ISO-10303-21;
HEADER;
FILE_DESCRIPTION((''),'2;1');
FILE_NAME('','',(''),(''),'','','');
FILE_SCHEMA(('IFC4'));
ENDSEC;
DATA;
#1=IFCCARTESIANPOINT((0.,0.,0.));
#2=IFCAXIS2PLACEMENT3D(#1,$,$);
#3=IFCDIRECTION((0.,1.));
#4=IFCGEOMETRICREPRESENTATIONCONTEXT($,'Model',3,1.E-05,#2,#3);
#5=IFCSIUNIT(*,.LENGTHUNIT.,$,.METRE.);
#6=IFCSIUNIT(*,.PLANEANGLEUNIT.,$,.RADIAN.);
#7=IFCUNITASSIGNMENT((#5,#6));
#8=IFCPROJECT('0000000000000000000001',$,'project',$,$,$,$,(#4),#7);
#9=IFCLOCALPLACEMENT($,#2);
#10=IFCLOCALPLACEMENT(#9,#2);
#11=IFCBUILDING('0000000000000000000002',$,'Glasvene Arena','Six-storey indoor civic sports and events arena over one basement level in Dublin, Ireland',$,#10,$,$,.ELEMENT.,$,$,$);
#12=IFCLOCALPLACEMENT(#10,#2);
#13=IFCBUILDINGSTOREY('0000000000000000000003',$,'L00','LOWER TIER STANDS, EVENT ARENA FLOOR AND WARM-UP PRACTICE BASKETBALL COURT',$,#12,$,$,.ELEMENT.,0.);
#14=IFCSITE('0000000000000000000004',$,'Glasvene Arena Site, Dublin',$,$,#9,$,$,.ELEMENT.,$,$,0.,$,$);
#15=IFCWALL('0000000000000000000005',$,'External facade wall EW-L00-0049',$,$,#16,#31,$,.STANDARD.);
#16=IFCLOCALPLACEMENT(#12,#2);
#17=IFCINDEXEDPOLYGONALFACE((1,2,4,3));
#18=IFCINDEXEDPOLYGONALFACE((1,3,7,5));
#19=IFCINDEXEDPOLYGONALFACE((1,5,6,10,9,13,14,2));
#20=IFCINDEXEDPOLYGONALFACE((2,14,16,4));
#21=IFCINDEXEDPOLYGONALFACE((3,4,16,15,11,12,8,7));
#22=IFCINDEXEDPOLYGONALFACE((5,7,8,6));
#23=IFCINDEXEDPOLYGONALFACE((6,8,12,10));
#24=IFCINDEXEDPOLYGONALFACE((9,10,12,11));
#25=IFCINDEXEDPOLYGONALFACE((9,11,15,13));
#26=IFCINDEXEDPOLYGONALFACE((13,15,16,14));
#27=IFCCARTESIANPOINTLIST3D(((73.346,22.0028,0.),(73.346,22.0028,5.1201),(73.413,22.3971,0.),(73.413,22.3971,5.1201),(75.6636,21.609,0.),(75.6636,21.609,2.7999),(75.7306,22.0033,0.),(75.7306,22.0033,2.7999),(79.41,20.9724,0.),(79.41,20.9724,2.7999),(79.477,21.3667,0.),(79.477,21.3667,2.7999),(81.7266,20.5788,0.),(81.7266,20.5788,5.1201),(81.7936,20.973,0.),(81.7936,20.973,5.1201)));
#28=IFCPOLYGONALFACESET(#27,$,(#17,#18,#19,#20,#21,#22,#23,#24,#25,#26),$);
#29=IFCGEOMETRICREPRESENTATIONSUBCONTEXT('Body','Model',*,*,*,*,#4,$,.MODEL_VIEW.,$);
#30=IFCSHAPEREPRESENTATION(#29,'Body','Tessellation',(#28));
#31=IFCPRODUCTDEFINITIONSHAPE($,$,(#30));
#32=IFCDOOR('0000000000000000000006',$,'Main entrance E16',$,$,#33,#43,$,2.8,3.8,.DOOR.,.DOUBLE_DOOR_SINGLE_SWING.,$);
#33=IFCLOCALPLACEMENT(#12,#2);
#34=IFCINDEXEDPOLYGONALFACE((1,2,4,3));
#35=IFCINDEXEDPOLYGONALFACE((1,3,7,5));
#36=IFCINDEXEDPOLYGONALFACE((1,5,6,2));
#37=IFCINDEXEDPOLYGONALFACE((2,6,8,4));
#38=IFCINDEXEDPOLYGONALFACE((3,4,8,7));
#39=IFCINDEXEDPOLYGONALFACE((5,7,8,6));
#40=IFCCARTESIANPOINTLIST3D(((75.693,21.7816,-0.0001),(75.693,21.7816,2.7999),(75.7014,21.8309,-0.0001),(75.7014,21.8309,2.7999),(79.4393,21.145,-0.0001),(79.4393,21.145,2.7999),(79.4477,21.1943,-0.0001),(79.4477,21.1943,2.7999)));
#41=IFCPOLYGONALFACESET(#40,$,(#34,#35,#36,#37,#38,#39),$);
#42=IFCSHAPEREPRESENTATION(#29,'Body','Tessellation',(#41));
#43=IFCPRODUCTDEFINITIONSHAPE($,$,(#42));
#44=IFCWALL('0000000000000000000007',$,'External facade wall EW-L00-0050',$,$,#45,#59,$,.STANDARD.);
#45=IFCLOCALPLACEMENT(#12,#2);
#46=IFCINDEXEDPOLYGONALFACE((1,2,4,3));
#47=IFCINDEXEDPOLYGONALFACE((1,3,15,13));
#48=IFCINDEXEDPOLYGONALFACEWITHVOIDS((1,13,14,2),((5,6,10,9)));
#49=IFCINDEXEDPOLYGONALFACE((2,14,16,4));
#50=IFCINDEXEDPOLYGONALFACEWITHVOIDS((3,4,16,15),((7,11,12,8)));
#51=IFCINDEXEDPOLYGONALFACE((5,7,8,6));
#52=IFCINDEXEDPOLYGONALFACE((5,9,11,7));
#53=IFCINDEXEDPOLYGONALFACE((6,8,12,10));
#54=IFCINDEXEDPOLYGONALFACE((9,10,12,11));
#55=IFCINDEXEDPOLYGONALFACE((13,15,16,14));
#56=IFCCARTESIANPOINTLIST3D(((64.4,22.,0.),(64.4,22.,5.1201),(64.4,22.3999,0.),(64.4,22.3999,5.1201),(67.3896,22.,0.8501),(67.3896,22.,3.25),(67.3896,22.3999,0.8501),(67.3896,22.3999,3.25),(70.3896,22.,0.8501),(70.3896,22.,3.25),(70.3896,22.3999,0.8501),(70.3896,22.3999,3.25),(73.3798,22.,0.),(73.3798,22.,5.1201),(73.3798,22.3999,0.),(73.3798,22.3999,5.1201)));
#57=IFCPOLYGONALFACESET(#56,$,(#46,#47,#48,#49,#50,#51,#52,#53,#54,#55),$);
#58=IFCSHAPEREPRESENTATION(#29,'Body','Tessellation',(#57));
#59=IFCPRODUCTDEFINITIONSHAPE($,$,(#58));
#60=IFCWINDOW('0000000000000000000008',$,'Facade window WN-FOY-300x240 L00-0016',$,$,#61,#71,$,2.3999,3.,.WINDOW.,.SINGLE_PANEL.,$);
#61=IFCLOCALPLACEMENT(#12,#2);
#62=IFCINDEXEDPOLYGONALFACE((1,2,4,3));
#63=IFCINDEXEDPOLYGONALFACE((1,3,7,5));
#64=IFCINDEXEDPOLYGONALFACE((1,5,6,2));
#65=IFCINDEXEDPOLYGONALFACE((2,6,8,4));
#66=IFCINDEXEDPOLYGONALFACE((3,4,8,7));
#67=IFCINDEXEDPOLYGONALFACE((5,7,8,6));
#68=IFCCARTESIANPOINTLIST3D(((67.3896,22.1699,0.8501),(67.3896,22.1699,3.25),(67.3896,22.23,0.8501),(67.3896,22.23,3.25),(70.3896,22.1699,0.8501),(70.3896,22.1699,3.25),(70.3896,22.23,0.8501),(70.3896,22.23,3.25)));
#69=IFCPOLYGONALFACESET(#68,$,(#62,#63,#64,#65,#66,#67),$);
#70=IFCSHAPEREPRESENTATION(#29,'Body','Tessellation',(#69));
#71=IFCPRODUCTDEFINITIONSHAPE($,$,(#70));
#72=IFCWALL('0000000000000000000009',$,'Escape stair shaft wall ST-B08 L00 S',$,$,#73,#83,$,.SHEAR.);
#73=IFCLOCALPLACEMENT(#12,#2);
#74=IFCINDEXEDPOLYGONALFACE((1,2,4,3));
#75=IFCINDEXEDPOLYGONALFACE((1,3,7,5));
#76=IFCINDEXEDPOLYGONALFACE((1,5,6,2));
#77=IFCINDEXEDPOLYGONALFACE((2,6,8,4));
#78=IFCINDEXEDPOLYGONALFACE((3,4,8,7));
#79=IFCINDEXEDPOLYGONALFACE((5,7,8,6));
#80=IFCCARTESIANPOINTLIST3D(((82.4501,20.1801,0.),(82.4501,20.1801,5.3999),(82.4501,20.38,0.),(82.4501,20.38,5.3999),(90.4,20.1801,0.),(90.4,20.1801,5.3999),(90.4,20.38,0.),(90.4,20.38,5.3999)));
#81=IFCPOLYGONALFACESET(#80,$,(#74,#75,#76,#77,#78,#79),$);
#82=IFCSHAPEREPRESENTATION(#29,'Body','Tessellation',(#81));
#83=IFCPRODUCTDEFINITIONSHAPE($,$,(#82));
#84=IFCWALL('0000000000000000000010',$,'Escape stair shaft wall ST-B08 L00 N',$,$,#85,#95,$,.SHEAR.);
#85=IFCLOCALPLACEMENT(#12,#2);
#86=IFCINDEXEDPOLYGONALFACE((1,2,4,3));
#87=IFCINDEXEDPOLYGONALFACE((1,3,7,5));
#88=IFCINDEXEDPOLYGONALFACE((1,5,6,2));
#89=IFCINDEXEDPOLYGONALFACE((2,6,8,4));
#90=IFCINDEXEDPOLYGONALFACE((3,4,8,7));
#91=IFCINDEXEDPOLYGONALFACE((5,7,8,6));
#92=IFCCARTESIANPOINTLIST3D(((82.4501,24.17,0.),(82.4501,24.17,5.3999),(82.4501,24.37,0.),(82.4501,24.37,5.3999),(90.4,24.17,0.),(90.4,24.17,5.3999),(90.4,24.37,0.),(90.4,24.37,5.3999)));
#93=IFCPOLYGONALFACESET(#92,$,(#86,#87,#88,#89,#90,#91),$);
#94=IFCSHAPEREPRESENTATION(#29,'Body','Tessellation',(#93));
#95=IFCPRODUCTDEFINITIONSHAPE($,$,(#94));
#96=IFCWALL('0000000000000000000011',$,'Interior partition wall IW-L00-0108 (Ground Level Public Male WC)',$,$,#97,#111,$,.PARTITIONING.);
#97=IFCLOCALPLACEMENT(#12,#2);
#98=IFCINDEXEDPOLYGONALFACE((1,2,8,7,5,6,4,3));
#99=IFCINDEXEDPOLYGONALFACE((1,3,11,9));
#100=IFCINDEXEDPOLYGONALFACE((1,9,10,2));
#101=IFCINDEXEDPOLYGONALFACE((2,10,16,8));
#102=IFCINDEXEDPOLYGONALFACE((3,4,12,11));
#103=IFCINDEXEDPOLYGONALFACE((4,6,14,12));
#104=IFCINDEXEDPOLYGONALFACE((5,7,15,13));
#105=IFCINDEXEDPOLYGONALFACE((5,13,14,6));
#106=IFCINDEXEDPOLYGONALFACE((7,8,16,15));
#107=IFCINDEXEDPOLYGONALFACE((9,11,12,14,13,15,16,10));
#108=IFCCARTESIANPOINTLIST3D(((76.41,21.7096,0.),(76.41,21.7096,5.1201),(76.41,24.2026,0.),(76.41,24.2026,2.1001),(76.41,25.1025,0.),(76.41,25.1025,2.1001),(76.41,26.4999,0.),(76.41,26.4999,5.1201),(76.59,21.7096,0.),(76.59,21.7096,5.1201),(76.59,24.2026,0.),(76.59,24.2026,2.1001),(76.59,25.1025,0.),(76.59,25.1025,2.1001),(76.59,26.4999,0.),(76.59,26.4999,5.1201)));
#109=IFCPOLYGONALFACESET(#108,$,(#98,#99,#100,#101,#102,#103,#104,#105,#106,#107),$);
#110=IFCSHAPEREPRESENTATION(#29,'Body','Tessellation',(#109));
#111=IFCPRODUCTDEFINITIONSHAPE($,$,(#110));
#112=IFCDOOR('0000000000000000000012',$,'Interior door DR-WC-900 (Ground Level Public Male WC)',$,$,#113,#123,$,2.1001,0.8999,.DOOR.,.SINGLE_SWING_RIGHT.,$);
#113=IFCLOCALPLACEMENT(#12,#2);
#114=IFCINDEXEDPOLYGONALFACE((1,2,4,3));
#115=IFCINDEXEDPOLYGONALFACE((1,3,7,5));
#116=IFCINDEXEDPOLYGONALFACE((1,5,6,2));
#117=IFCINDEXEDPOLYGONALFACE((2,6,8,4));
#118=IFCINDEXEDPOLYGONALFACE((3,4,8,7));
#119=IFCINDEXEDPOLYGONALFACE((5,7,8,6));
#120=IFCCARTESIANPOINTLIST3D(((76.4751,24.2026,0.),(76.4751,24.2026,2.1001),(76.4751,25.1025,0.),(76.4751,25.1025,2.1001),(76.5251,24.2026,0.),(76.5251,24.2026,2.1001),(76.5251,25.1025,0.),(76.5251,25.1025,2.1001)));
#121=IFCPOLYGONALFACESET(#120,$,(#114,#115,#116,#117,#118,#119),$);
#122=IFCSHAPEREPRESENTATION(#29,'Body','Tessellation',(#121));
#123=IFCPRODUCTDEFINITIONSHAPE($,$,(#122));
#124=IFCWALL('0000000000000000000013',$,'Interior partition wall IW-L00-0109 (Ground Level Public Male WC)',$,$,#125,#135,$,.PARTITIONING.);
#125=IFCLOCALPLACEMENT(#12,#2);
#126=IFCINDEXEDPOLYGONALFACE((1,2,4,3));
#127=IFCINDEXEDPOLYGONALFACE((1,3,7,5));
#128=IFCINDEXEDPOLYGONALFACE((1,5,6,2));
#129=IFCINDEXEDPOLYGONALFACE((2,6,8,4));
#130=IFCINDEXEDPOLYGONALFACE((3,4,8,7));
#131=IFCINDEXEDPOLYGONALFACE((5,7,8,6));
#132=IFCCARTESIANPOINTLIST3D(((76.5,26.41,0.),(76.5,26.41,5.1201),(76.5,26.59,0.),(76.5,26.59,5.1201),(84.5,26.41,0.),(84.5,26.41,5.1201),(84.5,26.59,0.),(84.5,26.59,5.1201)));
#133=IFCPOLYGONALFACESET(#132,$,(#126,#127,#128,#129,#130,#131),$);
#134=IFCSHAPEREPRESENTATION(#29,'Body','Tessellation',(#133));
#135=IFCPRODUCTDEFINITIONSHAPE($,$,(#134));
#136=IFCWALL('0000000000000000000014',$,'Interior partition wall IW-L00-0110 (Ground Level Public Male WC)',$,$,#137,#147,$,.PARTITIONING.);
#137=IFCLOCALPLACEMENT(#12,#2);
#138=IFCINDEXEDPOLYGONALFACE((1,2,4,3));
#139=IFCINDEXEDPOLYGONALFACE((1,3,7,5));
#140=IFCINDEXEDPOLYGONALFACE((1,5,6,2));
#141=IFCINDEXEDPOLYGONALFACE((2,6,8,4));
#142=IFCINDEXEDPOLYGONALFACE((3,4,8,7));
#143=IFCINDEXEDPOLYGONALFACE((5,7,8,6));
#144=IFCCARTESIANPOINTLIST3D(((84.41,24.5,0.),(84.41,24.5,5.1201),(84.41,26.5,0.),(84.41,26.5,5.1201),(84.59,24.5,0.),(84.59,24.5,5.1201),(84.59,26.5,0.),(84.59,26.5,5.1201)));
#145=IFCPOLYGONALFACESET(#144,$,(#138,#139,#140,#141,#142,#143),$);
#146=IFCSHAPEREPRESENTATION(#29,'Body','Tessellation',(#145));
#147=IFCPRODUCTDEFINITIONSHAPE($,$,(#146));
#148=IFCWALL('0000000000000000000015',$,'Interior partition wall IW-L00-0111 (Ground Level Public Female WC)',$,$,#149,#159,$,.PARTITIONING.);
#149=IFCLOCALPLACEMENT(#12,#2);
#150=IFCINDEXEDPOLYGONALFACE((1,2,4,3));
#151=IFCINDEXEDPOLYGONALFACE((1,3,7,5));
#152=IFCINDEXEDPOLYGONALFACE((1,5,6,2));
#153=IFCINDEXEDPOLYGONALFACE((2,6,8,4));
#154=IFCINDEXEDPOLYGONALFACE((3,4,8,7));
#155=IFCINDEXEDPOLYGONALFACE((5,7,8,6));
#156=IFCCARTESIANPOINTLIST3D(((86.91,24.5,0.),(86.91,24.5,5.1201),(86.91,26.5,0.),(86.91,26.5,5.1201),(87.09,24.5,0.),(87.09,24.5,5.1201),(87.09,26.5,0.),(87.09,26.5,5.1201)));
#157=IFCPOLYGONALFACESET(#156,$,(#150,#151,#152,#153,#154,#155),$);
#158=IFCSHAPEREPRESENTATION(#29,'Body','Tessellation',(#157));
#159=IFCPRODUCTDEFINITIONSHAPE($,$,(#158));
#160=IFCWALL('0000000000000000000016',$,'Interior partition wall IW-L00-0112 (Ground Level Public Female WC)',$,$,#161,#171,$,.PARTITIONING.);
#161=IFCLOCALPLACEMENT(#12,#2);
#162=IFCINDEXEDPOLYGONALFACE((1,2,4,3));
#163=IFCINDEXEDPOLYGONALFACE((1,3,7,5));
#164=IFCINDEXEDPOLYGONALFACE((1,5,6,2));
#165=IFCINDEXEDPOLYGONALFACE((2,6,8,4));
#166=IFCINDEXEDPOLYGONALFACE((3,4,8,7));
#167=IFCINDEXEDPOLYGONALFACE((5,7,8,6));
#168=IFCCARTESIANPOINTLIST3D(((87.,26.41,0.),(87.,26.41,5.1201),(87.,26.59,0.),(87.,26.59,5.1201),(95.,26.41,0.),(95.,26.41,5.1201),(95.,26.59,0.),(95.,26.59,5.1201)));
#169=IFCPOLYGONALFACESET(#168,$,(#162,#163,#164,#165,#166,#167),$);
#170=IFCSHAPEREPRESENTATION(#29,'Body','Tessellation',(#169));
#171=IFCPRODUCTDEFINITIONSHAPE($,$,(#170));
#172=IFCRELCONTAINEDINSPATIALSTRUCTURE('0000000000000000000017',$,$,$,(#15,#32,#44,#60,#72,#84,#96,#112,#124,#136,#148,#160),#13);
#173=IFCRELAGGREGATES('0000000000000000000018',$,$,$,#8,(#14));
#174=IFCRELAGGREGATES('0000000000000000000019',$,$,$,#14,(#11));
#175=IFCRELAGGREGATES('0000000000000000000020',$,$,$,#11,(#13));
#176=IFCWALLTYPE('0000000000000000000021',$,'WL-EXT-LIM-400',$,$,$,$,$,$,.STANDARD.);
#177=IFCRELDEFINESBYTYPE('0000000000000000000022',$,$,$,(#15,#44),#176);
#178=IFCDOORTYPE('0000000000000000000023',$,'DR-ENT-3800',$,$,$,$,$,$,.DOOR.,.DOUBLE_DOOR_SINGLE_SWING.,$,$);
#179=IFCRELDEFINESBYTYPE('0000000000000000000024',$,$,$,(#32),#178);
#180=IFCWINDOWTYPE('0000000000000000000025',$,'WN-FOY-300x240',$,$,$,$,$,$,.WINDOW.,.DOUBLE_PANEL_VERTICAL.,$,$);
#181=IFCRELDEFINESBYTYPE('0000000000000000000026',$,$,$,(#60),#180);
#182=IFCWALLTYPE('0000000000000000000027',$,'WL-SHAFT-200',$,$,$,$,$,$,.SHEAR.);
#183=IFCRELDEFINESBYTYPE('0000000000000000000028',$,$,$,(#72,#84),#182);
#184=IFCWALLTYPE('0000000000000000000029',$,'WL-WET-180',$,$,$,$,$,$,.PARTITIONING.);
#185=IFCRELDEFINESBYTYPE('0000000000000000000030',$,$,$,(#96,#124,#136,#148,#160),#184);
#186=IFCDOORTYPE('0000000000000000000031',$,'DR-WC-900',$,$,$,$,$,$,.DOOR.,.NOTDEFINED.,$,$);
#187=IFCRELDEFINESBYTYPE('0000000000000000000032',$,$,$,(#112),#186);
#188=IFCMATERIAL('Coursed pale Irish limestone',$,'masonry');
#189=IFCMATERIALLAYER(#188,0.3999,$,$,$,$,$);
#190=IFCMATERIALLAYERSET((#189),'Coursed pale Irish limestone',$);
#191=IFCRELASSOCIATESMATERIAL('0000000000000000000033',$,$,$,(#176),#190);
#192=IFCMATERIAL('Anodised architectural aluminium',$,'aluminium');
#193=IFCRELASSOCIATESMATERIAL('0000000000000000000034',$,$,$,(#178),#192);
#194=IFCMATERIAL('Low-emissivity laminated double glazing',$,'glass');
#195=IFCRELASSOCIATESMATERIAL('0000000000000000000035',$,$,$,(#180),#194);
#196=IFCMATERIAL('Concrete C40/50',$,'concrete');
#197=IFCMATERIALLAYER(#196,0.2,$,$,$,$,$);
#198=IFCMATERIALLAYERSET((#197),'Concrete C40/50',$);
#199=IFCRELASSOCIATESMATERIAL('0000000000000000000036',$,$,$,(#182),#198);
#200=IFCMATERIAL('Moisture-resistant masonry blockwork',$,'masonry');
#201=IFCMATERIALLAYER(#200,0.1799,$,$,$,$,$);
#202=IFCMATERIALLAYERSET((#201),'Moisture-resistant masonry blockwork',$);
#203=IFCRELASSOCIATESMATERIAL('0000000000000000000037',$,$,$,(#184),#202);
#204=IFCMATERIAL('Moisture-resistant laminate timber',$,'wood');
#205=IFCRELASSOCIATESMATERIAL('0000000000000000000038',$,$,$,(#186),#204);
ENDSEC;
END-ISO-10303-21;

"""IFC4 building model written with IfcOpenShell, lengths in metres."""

from ifc_helpers import new_model, si_unit, direction, frame, frame_2d, origin, place, context, subcontext, project, spatial, rectangle, extrude, material, layer, layer_set, type_object, element, fill, save


model = new_model("IFC4")

# Units and contexts
model_context = context("Model", 3, precision=1e-05, world=origin(), true_north=direction((0.0, 1.0)))
body_context = subcontext(model_context, "Body", "Model", "MODEL_VIEW")
ifc_project = project(units=[si_unit("LENGTHUNIT", "METRE"), si_unit("PLANEANGLEUNIT", "RADIAN")], contexts=[model_context])

# Site, building, storey
site_placement = place(None, origin())
site = spatial("IfcSite", under=ifc_project, at=site_placement, Name="Glasvene Arena Site, Dublin", CompositionType="ELEMENT", RefElevation=0.0)
building_placement = place(site_placement, origin())
building = spatial("IfcBuilding", under=site, at=building_placement, Name="Glasvene Arena", Description="Six-storey indoor civic sports and events arena over one basement level in Dublin, Ireland", CompositionType="ELEMENT")
storey_placement = place(building_placement, origin())
storey = spatial("IfcBuildingStorey", under=building, at=storey_placement, Name="L00", Description="LOWER TIER STANDS, EVENT ARENA FLOOR AND WARM-UP PRACTICE BASKETBALL COURT", CompositionType="ELEMENT", Elevation=0.0)

# Shared definitions
ifc_material_1 = material(Name="Concrete C40/50", Category="concrete")

# Wall, opening, door
ifc_material_2 = material(Name="Coursed pale Irish limestone", Category="masonry")
ifc_layer_1 = layer(ifc_material_2, 0.3999)
ifc_layer_set_1 = layer_set([ifc_layer_1], Name="Coursed pale Irish limestone")
wall_type_1 = type_object("IfcWallType", Name="WL-EXT-LIM-400", PredefinedType="STANDARD", material=ifc_layer_set_1)
wall_1_placement = place(storey_placement, frame((81.7603, 20.7759, 0.0), z_axis=(0.0, 0.0, 1.0), x_axis=(-0.985868, 0.167523, 0.0)))
wall_1 = element("IfcWall", 1, at=wall_1_placement, inside=storey, type_object=wall_type_1, Name="External facade wall EW-L00-0049", PredefinedType="STANDARD", context=body_context, shape_type="SweptSolid", body=[
    extrude(rectangle(XDim=8.5007, YDim=0.3999, at=frame_2d((4.2505, 0.0))), origin(), (0.0, 0.0, 1.0), 5.1201),
])
opening_1_placement = place(wall_1_placement, frame((2.3501, 0.0, 0.0)))
opening_1 = element("IfcOpeningElement", 2, at=opening_1_placement, cuts=wall_1, PredefinedType="OPENING", context=body_context, shape_type="SweptSolid", body=[
    extrude(rectangle(XDim=3.8, YDim=2.8, at=frame_2d((1.8999, 1.3999))), frame((0.0, 0.21, 0.0), z_axis=(0.0, -1.0, 0.0), x_axis=(1.0, 0.0, 0.0)), (0.0, 0.0, 1.0), 0.4199),
])
ifc_material_3 = material(Name="Anodised architectural aluminium", Category="aluminium")
door_type_1 = type_object("IfcDoorType", Name="DR-ENT-3800", OperationType="DOUBLE_DOOR_SINGLE_SWING", PredefinedType="DOOR", material=ifc_material_3)
door_1_placement = place(opening_1_placement, origin())
door_1 = element("IfcDoor", 3, at=door_1_placement, inside=storey, type_object=door_type_1, Name="Main entrance E16", OperationType="DOUBLE_DOOR_SINGLE_SWING", OverallHeight=2.8, OverallWidth=3.8, PredefinedType="DOOR", context=body_context, shape_type="SweptSolid", body=[
    extrude(rectangle(XDim=3.8, YDim=2.8, at=frame_2d((1.8999, 1.3999))), frame((0.0, 0.0249, 0.0), z_axis=(0.0, -1.0, 0.0), x_axis=(1.0, 0.0, 0.0)), (0.0, 0.0, 1.0), 0.05),
])
fill(opening_1, door_1)

# Wall, opening, window
wall_2_placement = place(storey_placement, frame((73.3796, 22.2, 0.0), z_axis=(0.0, 0.0, 1.0), x_axis=(-1.0, 0.0, 0.0)))
wall_2 = element("IfcWall", 4, at=wall_2_placement, inside=storey, type_object=wall_type_1, Name="External facade wall EW-L00-0050", PredefinedType="STANDARD", context=body_context, shape_type="SweptSolid", body=[
    extrude(rectangle(XDim=8.9797, YDim=0.3999, at=frame_2d((4.4897, 0.0))), origin(), (0.0, 0.0, 1.0), 5.1201),
])
opening_2_placement = place(wall_2_placement, frame((2.99, 0.0, 0.8501)))
opening_2 = element("IfcOpeningElement", 5, at=opening_2_placement, cuts=wall_2, PredefinedType="OPENING", context=body_context, shape_type="SweptSolid", body=[
    extrude(rectangle(XDim=3.0, YDim=2.3999, at=frame_2d((1.5, 1.2))), frame((0.0, 0.21, 0.0), z_axis=(0.0, -1.0, 0.0), x_axis=(1.0, 0.0, 0.0)), (0.0, 0.0, 1.0), 0.4199),
])
ifc_material_4 = material(Name="Low-emissivity laminated double glazing", Category="glass")
window_type = type_object("IfcWindowType", Name="WN-FOY-300x240", PartitioningType="DOUBLE_PANEL_VERTICAL", PredefinedType="WINDOW", material=ifc_material_4)
window_placement = place(opening_2_placement, origin())
window = element("IfcWindow", 6, at=window_placement, inside=storey, type_object=window_type, Name="Facade window WN-FOY-300x240 L00-0016", OverallHeight=2.3999, OverallWidth=3.0, PartitioningType="SINGLE_PANEL", PredefinedType="WINDOW", context=body_context, shape_type="SweptSolid", body=[
    extrude(rectangle(XDim=3.0, YDim=2.3999, at=frame_2d((1.5, 1.2))), frame((0.0, 0.03, 0.0), z_axis=(0.0, -1.0, 0.0), x_axis=(1.0, 0.0, 0.0)), (0.0, 0.0, 1.0), 0.0601),
])
fill(opening_2, window)

# Wall
ifc_layer_2 = layer(ifc_material_1, 0.2)
ifc_layer_set_2 = layer_set([ifc_layer_2], Name="Concrete C40/50")
wall_type_2 = type_object("IfcWallType", Name="WL-SHAFT-200", PredefinedType="SHEAR", material=ifc_layer_set_2)
wall_3_placement = place(storey_placement, frame((82.45, 20.28, 0.0), z_axis=(0.0, 0.0, 1.0), x_axis=(1.0, 0.0, 0.0)))
element("IfcWall", 7, at=wall_3_placement, inside=storey, type_object=wall_type_2, Name="Escape stair shaft wall ST-B08 L00 S", PredefinedType="SHEAR", context=body_context, shape_type="SweptSolid", body=[
    extrude(rectangle(XDim=7.95, YDim=0.2, at=frame_2d((3.9751, 0.0))), origin(), (0.0, 0.0, 1.0), 5.3999),
])

# Wall
wall_4_placement = place(storey_placement, frame((82.45, 24.27, 0.0), z_axis=(0.0, 0.0, 1.0), x_axis=(1.0, 0.0, 0.0)))
element("IfcWall", 8, at=wall_4_placement, inside=storey, type_object=wall_type_2, Name="Escape stair shaft wall ST-B08 L00 N", PredefinedType="SHEAR", context=body_context, shape_type="SweptSolid", body=[
    extrude(rectangle(XDim=7.95, YDim=0.2, at=frame_2d((3.9751, 0.0))), origin(), (0.0, 0.0, 1.0), 5.3999),
])

# Wall, opening, door
ifc_material_5 = material(Name="Moisture-resistant masonry blockwork", Category="masonry")
ifc_layer_3 = layer(ifc_material_5, 0.1799)
ifc_layer_set_3 = layer_set([ifc_layer_3], Name="Moisture-resistant masonry blockwork")
wall_type_3 = type_object("IfcWallType", Name="WL-WET-180", PredefinedType="PARTITIONING", material=ifc_layer_set_3)
wall_5_placement = place(storey_placement, frame((76.5, 21.7097, 0.0), z_axis=(0.0, 0.0, 1.0), x_axis=(0.0, 1.0, 0.0)))
wall_5 = element("IfcWall", 9, at=wall_5_placement, inside=storey, type_object=wall_type_3, Name="Interior partition wall IW-L00-0108 (Ground Level Public Male WC)", PredefinedType="PARTITIONING", context=body_context, shape_type="SweptSolid", body=[
    extrude(rectangle(XDim=4.7903, YDim=0.1799, at=frame_2d((2.395, 0.0))), origin(), (0.0, 0.0, 1.0), 5.1201),
])
opening_3_placement = place(wall_5_placement, frame((2.4929, 0.0, 0.0)))
opening_3 = element("IfcOpeningElement", 10, at=opening_3_placement, cuts=wall_5, PredefinedType="OPENING", context=body_context, shape_type="SweptSolid", body=[
    extrude(rectangle(XDim=0.8999, YDim=2.1001, at=frame_2d((0.45, 1.05))), frame((0.0, 0.1001, 0.0), z_axis=(0.0, -1.0, 0.0), x_axis=(1.0, 0.0, 0.0)), (0.0, 0.0, 1.0), 0.2),
])
ifc_material_6 = material(Name="Moisture-resistant laminate timber", Category="wood")
door_type_2 = type_object("IfcDoorType", Name="DR-WC-900", OperationType="NOTDEFINED", PredefinedType="DOOR", material=ifc_material_6)
door_2_placement = place(opening_3_placement, origin())
door_2 = element("IfcDoor", 11, at=door_2_placement, inside=storey, type_object=door_type_2, Name="Interior door DR-WC-900 (Ground Level Public Male WC)", OperationType="SINGLE_SWING_RIGHT", OverallHeight=2.1001, OverallWidth=0.8999, PredefinedType="DOOR", context=body_context, shape_type="SweptSolid", body=[
    extrude(rectangle(XDim=0.8999, YDim=2.1001, at=frame_2d((0.45, 1.05))), frame((0.0, 0.0249, 0.0), z_axis=(0.0, -1.0, 0.0), x_axis=(1.0, 0.0, 0.0)), (0.0, 0.0, 1.0), 0.05),
])
fill(opening_3, door_2)

# Walls
wall_6_placement = place(storey_placement, frame((76.5, 26.5, 0.0), z_axis=(0.0, 0.0, 1.0), x_axis=(1.0, 0.0, 0.0)))
element("IfcWall", 12, at=wall_6_placement, inside=storey, type_object=wall_type_3, Name="Interior partition wall IW-L00-0109 (Ground Level Public Male WC)", PredefinedType="PARTITIONING", context=body_context, shape_type="SweptSolid", body=[
    extrude(rectangle(XDim=8.0, YDim=0.1799, at=frame_2d((4.0, 0.0))), origin(), (0.0, 0.0, 1.0), 5.1201),
])
for number, where, z_axis, x_axis, name in (
    (13, (84.5, 26.5, 0.0), (0.0, 0.0, 1.0), (0.0, -1.0, 0.0), "Interior partition wall IW-L00-0110 (Ground Level Public Male WC)"),
    (14, (87.0, 24.5, 0.0), (0.0, 0.0, 1.0), (0.0, 1.0, 0.0), "Interior partition wall IW-L00-0111 (Ground Level Public Female WC)"),
):
    element("IfcWall", number, at=place(storey_placement, frame(where, z_axis=z_axis, x_axis=x_axis)), inside=storey, type_object=wall_type_3, Name=name, PredefinedType="PARTITIONING", context=body_context, shape_type="SweptSolid", body=[
        extrude(rectangle(XDim=2.0, YDim=0.1799, at=frame_2d((1.0, 0.0))), origin(), (0.0, 0.0, 1.0), 5.1201),
    ])
wall_7_placement = place(storey_placement, frame((87.0, 26.5, 0.0), z_axis=(0.0, 0.0, 1.0), x_axis=(1.0, 0.0, 0.0)))
element("IfcWall", 15, at=wall_7_placement, inside=storey, type_object=wall_type_3, Name="Interior partition wall IW-L00-0112 (Ground Level Public Female WC)", PredefinedType="PARTITIONING", context=body_context, shape_type="SweptSolid", body=[
    extrude(rectangle(XDim=8.0, YDim=0.1799, at=frame_2d((4.0, 0.0))), origin(), (0.0, 0.0, 1.0), 5.1201),
])

save(model, "model.ifc")
